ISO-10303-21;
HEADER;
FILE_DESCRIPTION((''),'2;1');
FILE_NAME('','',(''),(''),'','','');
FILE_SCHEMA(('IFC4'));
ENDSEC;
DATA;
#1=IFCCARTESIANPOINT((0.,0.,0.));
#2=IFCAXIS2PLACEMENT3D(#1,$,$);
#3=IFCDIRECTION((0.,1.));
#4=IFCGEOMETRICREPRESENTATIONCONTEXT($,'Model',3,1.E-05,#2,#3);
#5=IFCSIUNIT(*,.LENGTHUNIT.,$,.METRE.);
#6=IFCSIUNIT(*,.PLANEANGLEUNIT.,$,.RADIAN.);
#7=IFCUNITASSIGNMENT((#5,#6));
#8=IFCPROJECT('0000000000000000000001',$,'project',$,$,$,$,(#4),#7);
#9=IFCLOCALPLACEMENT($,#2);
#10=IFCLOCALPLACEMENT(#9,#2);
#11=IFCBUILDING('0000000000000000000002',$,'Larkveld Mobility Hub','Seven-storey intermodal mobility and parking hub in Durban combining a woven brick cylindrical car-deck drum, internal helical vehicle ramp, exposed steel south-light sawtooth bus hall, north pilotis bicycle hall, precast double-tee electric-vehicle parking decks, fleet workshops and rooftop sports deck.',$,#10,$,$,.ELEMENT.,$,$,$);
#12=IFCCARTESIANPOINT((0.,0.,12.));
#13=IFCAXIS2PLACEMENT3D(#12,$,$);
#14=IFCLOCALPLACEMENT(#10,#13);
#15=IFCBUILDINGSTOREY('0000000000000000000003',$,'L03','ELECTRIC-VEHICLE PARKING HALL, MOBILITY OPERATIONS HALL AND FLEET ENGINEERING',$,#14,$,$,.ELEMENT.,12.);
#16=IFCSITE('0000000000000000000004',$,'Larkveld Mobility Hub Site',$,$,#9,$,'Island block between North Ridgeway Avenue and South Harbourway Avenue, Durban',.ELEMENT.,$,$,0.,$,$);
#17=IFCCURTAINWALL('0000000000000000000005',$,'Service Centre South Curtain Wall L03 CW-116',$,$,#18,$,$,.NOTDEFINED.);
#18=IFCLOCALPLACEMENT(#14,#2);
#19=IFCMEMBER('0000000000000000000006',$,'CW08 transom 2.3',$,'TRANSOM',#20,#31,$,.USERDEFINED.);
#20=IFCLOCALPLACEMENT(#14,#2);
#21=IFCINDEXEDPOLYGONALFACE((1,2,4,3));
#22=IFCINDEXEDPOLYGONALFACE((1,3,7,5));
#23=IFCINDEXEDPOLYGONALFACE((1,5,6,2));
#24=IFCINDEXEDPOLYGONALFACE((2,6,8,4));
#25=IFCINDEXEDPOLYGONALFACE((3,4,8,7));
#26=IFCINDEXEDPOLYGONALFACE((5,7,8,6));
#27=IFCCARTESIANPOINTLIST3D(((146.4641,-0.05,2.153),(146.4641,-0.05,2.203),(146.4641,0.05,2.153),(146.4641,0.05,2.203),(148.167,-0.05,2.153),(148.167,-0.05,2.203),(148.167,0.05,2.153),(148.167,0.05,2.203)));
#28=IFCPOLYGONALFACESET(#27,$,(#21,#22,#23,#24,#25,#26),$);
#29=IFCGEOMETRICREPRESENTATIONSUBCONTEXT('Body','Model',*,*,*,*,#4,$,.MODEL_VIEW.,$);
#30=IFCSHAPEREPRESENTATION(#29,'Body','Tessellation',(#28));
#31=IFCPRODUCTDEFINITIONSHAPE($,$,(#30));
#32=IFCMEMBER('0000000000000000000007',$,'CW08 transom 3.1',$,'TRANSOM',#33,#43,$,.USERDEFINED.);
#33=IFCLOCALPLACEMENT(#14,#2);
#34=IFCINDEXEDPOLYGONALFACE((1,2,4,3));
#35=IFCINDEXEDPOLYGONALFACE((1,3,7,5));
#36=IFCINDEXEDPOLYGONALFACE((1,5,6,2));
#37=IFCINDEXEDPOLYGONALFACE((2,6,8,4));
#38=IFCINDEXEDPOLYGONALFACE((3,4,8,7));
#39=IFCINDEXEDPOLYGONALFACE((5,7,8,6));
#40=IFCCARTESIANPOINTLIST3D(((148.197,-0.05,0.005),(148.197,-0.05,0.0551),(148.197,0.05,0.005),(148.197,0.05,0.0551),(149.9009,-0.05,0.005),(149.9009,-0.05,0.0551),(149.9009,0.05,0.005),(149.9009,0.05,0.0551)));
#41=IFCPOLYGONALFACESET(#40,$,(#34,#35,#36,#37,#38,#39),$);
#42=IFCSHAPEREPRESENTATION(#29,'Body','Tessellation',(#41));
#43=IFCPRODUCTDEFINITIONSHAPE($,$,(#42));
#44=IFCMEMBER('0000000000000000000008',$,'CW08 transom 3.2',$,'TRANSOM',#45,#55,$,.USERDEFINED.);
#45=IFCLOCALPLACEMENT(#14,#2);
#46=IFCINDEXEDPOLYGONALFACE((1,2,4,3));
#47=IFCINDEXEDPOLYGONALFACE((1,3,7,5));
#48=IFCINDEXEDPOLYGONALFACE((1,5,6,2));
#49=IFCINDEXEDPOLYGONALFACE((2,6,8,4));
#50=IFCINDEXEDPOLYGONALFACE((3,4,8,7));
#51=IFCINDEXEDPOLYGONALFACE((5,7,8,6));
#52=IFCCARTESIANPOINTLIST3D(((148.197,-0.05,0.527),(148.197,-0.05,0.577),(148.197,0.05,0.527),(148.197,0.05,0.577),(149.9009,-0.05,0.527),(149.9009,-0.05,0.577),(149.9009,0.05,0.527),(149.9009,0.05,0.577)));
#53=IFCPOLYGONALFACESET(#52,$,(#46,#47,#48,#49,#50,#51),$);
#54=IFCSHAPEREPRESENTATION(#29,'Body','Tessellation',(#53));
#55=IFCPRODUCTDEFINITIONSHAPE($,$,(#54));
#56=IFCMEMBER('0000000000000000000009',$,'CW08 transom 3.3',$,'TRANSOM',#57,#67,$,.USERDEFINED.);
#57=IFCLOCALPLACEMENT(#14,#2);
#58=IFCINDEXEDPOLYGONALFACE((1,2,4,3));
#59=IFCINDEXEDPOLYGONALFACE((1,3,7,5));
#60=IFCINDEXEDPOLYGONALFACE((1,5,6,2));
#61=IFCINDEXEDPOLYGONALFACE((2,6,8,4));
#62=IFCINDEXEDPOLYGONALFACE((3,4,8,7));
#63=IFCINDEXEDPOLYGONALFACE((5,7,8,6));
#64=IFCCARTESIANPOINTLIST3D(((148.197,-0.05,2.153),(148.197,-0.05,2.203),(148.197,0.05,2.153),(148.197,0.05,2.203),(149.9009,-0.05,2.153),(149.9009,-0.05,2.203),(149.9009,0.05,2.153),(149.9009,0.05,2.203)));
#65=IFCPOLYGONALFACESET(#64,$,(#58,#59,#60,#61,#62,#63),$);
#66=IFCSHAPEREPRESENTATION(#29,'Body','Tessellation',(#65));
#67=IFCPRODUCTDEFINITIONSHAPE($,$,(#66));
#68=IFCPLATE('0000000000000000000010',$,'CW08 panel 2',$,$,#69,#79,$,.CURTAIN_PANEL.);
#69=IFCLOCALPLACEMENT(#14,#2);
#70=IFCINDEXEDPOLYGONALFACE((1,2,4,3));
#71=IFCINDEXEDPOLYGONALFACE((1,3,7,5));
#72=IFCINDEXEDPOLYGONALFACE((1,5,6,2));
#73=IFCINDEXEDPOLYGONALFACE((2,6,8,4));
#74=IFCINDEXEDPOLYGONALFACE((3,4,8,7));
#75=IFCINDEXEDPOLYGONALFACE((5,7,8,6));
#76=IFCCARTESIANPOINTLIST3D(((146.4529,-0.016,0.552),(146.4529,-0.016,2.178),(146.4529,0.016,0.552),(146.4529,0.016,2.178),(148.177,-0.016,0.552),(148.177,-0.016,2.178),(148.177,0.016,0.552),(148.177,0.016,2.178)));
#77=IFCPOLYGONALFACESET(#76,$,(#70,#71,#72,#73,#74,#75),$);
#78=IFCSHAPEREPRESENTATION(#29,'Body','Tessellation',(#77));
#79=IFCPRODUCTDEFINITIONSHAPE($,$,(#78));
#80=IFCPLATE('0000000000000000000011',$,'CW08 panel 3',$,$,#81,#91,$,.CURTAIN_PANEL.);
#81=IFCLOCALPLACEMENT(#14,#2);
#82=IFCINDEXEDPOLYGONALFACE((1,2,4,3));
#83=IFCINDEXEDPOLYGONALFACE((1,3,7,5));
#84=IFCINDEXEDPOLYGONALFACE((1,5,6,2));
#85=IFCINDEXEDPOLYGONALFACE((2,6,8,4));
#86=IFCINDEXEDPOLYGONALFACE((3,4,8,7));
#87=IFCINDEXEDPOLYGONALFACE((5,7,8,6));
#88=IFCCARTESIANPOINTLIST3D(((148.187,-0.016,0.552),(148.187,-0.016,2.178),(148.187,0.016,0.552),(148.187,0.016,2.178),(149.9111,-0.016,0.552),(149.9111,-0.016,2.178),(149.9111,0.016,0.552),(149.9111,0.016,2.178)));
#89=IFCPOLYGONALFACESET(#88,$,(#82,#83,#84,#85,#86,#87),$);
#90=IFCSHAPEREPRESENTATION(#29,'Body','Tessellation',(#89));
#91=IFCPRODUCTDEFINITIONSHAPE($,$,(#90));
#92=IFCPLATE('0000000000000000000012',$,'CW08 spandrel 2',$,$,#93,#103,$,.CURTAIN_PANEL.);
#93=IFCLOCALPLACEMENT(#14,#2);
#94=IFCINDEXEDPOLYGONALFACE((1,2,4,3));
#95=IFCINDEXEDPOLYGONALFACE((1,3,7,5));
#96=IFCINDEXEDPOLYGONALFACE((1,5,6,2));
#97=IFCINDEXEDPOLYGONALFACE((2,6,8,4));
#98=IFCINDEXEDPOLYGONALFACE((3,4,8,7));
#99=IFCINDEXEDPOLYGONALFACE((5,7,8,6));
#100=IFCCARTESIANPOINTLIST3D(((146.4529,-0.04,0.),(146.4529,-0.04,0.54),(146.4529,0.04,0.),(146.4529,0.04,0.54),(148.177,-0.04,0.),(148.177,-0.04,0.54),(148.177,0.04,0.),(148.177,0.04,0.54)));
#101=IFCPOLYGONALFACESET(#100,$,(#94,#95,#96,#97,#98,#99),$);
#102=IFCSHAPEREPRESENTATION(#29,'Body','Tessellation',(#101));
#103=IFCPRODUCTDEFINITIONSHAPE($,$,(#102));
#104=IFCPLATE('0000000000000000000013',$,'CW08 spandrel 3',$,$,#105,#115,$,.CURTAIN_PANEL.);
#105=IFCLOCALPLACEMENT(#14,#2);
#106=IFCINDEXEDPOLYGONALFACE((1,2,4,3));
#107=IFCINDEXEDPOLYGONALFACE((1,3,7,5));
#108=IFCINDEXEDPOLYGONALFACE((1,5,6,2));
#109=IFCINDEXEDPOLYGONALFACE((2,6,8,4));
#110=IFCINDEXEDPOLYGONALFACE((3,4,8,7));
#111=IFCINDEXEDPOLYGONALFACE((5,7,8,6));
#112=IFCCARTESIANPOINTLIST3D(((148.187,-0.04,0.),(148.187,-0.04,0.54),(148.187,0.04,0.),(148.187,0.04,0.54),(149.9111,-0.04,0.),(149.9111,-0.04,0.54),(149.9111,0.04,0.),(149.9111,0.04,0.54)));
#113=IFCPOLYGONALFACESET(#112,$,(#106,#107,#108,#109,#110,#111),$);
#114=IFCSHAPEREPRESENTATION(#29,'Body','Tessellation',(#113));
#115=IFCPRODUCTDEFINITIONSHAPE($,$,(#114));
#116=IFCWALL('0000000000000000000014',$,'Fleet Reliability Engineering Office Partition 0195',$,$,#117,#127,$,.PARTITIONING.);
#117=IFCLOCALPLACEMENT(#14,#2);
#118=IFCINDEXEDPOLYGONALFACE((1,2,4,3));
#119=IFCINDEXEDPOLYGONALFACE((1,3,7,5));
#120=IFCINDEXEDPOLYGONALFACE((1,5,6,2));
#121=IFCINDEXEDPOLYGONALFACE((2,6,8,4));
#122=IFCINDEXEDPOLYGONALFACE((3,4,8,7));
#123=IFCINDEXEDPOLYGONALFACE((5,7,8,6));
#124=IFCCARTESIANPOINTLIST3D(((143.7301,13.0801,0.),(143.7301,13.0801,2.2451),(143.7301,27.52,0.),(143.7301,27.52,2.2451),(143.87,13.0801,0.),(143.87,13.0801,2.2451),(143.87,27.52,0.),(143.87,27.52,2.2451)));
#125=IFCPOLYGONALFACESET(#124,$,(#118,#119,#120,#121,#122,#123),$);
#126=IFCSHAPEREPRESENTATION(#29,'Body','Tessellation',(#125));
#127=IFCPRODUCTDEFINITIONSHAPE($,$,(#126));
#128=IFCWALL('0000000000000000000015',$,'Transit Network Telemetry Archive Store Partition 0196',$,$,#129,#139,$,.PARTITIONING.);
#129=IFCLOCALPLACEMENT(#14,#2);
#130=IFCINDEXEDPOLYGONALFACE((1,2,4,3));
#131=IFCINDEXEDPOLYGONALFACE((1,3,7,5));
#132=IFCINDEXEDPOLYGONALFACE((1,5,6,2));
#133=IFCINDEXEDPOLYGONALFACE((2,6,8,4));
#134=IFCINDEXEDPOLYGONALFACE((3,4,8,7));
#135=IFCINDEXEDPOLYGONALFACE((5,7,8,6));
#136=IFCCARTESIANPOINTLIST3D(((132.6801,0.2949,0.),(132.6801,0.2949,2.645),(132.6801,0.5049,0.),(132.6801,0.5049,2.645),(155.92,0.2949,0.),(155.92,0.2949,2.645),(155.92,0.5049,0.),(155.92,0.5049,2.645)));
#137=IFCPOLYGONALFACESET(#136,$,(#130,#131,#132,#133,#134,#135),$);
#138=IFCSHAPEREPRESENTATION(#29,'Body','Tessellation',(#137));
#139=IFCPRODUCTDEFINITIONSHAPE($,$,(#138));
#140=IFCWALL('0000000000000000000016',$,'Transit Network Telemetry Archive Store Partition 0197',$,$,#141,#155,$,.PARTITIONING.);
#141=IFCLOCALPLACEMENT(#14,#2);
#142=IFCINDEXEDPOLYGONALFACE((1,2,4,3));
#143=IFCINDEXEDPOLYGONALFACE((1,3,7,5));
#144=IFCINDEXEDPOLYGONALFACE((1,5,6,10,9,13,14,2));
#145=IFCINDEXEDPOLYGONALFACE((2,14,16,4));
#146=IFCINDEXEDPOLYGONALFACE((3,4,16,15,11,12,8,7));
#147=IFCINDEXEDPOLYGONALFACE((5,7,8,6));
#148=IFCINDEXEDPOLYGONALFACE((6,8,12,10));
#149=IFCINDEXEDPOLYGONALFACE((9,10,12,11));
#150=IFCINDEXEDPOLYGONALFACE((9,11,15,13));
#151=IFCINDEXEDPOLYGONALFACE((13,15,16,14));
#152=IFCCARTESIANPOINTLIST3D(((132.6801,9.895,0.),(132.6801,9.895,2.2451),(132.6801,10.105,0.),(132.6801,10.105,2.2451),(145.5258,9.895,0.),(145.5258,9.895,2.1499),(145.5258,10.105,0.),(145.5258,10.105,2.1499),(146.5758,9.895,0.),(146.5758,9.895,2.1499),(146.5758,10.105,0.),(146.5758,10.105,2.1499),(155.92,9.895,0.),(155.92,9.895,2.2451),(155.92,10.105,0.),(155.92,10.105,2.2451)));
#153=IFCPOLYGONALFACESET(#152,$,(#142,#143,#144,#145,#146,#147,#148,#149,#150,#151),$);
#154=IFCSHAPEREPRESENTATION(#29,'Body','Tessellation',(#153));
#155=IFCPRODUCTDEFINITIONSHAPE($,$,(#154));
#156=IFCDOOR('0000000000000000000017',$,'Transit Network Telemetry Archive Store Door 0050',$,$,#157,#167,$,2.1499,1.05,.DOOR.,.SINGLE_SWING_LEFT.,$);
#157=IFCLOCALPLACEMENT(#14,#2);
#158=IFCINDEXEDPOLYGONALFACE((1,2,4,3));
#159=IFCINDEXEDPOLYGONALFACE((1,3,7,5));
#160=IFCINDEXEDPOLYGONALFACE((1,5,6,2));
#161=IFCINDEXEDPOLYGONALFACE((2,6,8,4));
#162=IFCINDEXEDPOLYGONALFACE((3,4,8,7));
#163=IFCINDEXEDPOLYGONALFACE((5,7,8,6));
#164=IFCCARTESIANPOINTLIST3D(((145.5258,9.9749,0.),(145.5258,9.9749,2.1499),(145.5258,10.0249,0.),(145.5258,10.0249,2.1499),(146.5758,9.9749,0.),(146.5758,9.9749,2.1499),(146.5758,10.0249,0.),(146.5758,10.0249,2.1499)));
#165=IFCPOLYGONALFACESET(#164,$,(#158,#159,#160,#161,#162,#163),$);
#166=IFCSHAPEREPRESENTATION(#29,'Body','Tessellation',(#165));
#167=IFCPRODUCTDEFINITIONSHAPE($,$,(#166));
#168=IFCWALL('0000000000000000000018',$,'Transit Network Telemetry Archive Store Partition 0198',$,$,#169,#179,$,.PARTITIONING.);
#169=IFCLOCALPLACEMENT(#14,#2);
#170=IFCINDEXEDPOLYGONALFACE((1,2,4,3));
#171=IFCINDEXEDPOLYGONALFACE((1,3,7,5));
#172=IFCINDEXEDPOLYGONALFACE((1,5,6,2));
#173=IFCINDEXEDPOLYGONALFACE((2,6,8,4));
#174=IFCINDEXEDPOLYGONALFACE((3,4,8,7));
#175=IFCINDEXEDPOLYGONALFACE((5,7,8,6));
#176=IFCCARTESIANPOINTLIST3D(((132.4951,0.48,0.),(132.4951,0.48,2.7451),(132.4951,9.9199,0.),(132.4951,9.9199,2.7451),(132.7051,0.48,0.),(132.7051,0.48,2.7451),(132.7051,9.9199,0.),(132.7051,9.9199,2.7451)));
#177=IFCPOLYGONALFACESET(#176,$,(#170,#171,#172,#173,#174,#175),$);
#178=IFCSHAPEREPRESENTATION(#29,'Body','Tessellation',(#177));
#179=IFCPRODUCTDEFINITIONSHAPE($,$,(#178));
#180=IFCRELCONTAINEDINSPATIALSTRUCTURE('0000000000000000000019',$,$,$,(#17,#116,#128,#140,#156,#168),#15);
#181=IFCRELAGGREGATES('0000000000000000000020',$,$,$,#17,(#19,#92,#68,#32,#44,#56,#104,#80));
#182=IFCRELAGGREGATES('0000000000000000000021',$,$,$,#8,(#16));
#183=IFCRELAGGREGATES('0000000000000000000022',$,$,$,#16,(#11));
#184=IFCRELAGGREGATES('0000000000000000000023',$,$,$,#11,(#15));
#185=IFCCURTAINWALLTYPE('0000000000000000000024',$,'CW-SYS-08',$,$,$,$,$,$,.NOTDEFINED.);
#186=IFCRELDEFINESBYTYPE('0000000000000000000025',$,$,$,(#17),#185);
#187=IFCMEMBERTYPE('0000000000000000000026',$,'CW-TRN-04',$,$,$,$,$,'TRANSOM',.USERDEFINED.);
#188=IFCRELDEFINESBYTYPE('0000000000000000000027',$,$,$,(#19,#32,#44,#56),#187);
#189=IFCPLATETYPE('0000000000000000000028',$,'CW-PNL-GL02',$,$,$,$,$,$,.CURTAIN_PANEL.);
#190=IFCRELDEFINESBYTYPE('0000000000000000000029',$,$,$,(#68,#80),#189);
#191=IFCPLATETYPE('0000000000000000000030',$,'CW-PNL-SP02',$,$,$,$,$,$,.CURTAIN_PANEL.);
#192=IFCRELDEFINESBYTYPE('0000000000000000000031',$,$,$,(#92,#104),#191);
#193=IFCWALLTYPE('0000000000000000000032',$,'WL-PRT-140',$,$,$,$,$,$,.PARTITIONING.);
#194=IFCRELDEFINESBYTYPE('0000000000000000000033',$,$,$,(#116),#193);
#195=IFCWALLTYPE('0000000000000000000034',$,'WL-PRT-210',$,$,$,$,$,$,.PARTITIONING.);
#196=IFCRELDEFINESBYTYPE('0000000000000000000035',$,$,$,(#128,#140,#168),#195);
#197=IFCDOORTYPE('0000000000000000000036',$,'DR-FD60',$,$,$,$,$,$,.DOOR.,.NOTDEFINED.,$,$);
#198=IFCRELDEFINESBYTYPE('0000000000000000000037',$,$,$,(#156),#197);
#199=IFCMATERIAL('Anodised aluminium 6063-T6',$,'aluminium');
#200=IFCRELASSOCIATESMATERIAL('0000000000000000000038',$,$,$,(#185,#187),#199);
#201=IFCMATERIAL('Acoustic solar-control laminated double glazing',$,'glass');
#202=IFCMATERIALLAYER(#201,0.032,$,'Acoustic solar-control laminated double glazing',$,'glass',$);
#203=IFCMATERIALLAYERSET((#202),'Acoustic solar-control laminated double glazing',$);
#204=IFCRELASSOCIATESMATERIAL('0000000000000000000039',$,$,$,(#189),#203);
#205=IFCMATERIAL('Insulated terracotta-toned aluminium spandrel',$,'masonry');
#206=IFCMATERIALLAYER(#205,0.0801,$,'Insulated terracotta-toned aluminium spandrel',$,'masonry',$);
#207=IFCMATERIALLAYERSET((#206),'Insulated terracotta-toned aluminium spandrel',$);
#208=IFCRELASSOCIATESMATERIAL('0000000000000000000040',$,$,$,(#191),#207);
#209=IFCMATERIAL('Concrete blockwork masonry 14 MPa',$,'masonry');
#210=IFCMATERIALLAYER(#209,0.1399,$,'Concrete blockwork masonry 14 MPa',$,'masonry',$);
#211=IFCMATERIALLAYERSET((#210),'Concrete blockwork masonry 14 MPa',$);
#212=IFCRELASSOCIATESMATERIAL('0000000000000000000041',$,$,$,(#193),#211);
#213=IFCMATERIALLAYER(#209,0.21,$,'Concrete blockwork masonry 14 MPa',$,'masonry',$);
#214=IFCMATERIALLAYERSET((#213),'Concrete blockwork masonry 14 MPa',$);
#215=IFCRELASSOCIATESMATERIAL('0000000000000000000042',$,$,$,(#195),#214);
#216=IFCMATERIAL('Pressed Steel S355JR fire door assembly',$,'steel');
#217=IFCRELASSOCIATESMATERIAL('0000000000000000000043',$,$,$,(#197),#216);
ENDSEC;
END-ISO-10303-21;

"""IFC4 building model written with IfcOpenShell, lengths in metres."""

from ifc_helpers import new_model, si_unit, direction, frame, frame_2d, origin, origin_2d, place, context, subcontext, project, spatial, rectangle, extrude, material, layer, layer_set, material_profile, profile_set, type_object, element, fill, aggregate, save


model = new_model("IFC4")

# Units and contexts
model_context = context("Model", 3, precision=1e-05, world=origin(), true_north=direction((0.0, 1.0)))
body_context = subcontext(model_context, "Body", "Model", "MODEL_VIEW")
ifc_project = project(units=[si_unit("LENGTHUNIT", "METRE"), si_unit("PLANEANGLEUNIT", "RADIAN")], contexts=[model_context])

# Site, building, storey
site_placement = place(None, origin())
site = spatial("IfcSite", under=ifc_project, at=site_placement, Name="Larkveld Mobility Hub Site", LongName="Island block between North Ridgeway Avenue and South Harbourway Avenue, Durban", CompositionType="ELEMENT", RefElevation=0.0)
building_placement = place(site_placement, origin())
building = spatial("IfcBuilding", under=site, at=building_placement, Name="Larkveld Mobility Hub", Description="Seven-storey intermodal mobility and parking hub in Durban combining a woven brick cylindrical car-deck drum, internal helical vehicle ramp, exposed steel south-light sawtooth bus hall, north pilotis bicycle hall, precast double-tee electric-vehicle parking decks, fleet workshops and rooftop sports deck.", CompositionType="ELEMENT")
storey_placement = place(building_placement, frame((0.0, 0.0, 12.0)))
storey = spatial("IfcBuildingStorey", under=building, at=storey_placement, Name="L03", Description="ELECTRIC-VEHICLE PARKING HALL, MOBILITY OPERATIONS HALL AND FLEET ENGINEERING", CompositionType="ELEMENT", Elevation=12.0)

# Curtain wall, members, plates
ifc_material_1 = material(Name="Anodised aluminium 6063-T6", Category="aluminium")
curtain_wall_type = type_object("IfcCurtainWallType", Name="CW-SYS-08", PredefinedType="NOTDEFINED", material=ifc_material_1)
curtain_wall_placement = place(storey_placement, origin())
curtain_wall = element("IfcCurtainWall", 1, at=curtain_wall_placement, inside=storey, type_object=curtain_wall_type, Name="Service Centre South Curtain Wall L03 CW-116", PredefinedType="NOTDEFINED")
ifc_material_profile_1 = material_profile(ifc_material_1, rectangle(XDim=0.1001, YDim=0.05, at=origin_2d()), Name="ALU TRAN 50x100")
ifc_profile_set_1 = profile_set([ifc_material_profile_1], Name="Anodised aluminium 6063-T6")
member_type_1 = type_object("IfcMemberType", Name="CW-TRN-04", ElementType="TRANSOM", PredefinedType="USERDEFINED", material=ifc_profile_set_1)
member_1_placement = place(storey_placement, frame((146.4641, 0.0, 2.178), z_axis=(1.0, 0.0, 0.0), x_axis=(0.0, 1.0, 0.0)))
member_1 = element("IfcMember", 2, at=member_1_placement, type_object=member_type_1, Name="CW08 transom 2.3", ObjectType="TRANSOM", PredefinedType="USERDEFINED", context=body_context, shape_type="SweptSolid", body=[
    extrude(rectangle(XDim=0.1001, YDim=0.05, at=origin_2d()), origin(), (0.0, 0.0, 1.0), 1.7029),
])
member_2_placement = place(storey_placement, frame((148.197, 0.0, 0.03), z_axis=(1.0, 0.0, 0.0), x_axis=(0.0, 1.0, 0.0)))
member_2 = element("IfcMember", 3, at=member_2_placement, type_object=member_type_1, Name="CW08 transom 3.1", ObjectType="TRANSOM", PredefinedType="USERDEFINED", context=body_context, shape_type="SweptSolid", body=[
    extrude(rectangle(XDim=0.1001, YDim=0.05, at=origin_2d()), origin(), (0.0, 0.0, 1.0), 1.7039),
])
member_3_placement = place(storey_placement, frame((148.197, 0.0, 0.552), z_axis=(1.0, 0.0, 0.0), x_axis=(0.0, 1.0, 0.0)))
member_3 = element("IfcMember", 4, at=member_3_placement, type_object=member_type_1, Name="CW08 transom 3.2", ObjectType="TRANSOM", PredefinedType="USERDEFINED", context=body_context, shape_type="SweptSolid", body=[
    extrude(rectangle(XDim=0.1001, YDim=0.05, at=origin_2d()), origin(), (0.0, 0.0, 1.0), 1.7039),
])
member_4_placement = place(storey_placement, frame((148.197, 0.0, 2.178), z_axis=(1.0, 0.0, 0.0), x_axis=(0.0, 1.0, 0.0)))
member_4 = element("IfcMember", 5, at=member_4_placement, type_object=member_type_1, Name="CW08 transom 3.3", ObjectType="TRANSOM", PredefinedType="USERDEFINED", context=body_context, shape_type="SweptSolid", body=[
    extrude(rectangle(XDim=0.1001, YDim=0.05, at=origin_2d()), origin(), (0.0, 0.0, 1.0), 1.7039),
])
ifc_material_2 = material(Name="Acoustic solar-control laminated double glazing", Category="glass")
ifc_layer_1 = layer(ifc_material_2, 0.032, Name="Acoustic solar-control laminated double glazing", Category="glass")
ifc_layer_set_1 = layer_set([ifc_layer_1], Name="Acoustic solar-control laminated double glazing")
plate_type_1 = type_object("IfcPlateType", Name="CW-PNL-GL02", PredefinedType="CURTAIN_PANEL", material=ifc_layer_set_1)
plate_1_placement = place(storey_placement, frame((147.3149, 0.0, 0.552), z_axis=(0.0, 0.0, 1.0), x_axis=(1.0, 0.0, 0.0)))
plate_1 = element("IfcPlate", 6, at=plate_1_placement, type_object=plate_type_1, Name="CW08 panel 2", PredefinedType="CURTAIN_PANEL", context=body_context, shape_type="SweptSolid", body=[
    extrude(rectangle(XDim=1.7241, YDim=0.032, at=origin_2d()), origin(), (0.0, 0.0, 1.0), 1.626),
])
plate_2_placement = place(storey_placement, frame((149.0491, 0.0, 0.552), z_axis=(0.0, 0.0, 1.0), x_axis=(1.0, 0.0, 0.0)))
plate_2 = element("IfcPlate", 7, at=plate_2_placement, type_object=plate_type_1, Name="CW08 panel 3", PredefinedType="CURTAIN_PANEL", context=body_context, shape_type="SweptSolid", body=[
    extrude(rectangle(XDim=1.7241, YDim=0.032, at=origin_2d()), origin(), (0.0, 0.0, 1.0), 1.626),
])
ifc_material_3 = material(Name="Insulated terracotta-toned aluminium spandrel", Category="masonry")
ifc_layer_2 = layer(ifc_material_3, 0.0801, Name="Insulated terracotta-toned aluminium spandrel", Category="masonry")
ifc_layer_set_2 = layer_set([ifc_layer_2], Name="Insulated terracotta-toned aluminium spandrel")
plate_type_2 = type_object("IfcPlateType", Name="CW-PNL-SP02", PredefinedType="CURTAIN_PANEL", material=ifc_layer_set_2)
plate_3_placement = place(storey_placement, frame((147.3149, 0.0, 0.0), z_axis=(0.0, 0.0, 1.0), x_axis=(1.0, 0.0, 0.0)))
plate_3 = element("IfcPlate", 8, at=plate_3_placement, type_object=plate_type_2, Name="CW08 spandrel 2", PredefinedType="CURTAIN_PANEL", context=body_context, shape_type="SweptSolid", body=[
    extrude(rectangle(XDim=1.7241, YDim=0.0801, at=origin_2d()), origin(), (0.0, 0.0, 1.0), 0.54),
])
plate_4_placement = place(storey_placement, frame((149.0491, 0.0, 0.0), z_axis=(0.0, 0.0, 1.0), x_axis=(1.0, 0.0, 0.0)))
plate_4 = element("IfcPlate", 9, at=plate_4_placement, type_object=plate_type_2, Name="CW08 spandrel 3", PredefinedType="CURTAIN_PANEL", context=body_context, shape_type="SweptSolid", body=[
    extrude(rectangle(XDim=1.7241, YDim=0.0801, at=origin_2d()), origin(), (0.0, 0.0, 1.0), 0.54),
])
aggregate(curtain_wall, [member_1, plate_3, plate_1, member_2, member_3, member_4, plate_4, plate_2])

# Walls
ifc_material_4 = material(Name="Concrete blockwork masonry 14 MPa", Category="masonry")
ifc_layer_3 = layer(ifc_material_4, 0.1399, Name="Concrete blockwork masonry 14 MPa", Category="masonry")
ifc_layer_set_3 = layer_set([ifc_layer_3], Name="Concrete blockwork masonry 14 MPa")
wall_type_1 = type_object("IfcWallType", Name="WL-PRT-140", PredefinedType="PARTITIONING", material=ifc_layer_set_3)
wall_1_placement = place(storey_placement, frame((143.8, 13.0801, 0.0), z_axis=(0.0, 0.0, 1.0), x_axis=(0.0, 1.0, 0.0)))
element("IfcWall", 10, at=wall_1_placement, inside=storey, type_object=wall_type_1, Name="Fleet Reliability Engineering Office Partition 0195", PredefinedType="PARTITIONING", context=body_context, shape_type="SweptSolid", body=[
    extrude(rectangle(XDim=14.4399, YDim=0.1399, at=frame_2d((7.22, 0.0))), origin(), (0.0, 0.0, 1.0), 2.2451),
])
ifc_layer_4 = layer(ifc_material_4, 0.21, Name="Concrete blockwork masonry 14 MPa", Category="masonry")
ifc_layer_set_4 = layer_set([ifc_layer_4], Name="Concrete blockwork masonry 14 MPa")
wall_type_2 = type_object("IfcWallType", Name="WL-PRT-210", PredefinedType="PARTITIONING", material=ifc_layer_set_4)
wall_2_placement = place(storey_placement, frame((132.6799, 0.3999, 0.0), z_axis=(0.0, 0.0, 1.0), x_axis=(1.0, 0.0, 0.0)))
element("IfcWall", 11, at=wall_2_placement, inside=storey, type_object=wall_type_2, Name="Transit Network Telemetry Archive Store Partition 0196", PredefinedType="PARTITIONING", context=body_context, shape_type="SweptSolid", body=[
    extrude(rectangle(XDim=23.24, YDim=0.21, at=frame_2d((11.6201, 0.0))), origin(), (0.0, 0.0, 1.0), 2.645),
])

# Wall, opening, door
wall_3_placement = place(storey_placement, frame((132.6799, 10.0, 0.0), z_axis=(0.0, 0.0, 1.0), x_axis=(1.0, 0.0, 0.0)))
wall_3 = element("IfcWall", 12, at=wall_3_placement, inside=storey, type_object=wall_type_2, Name="Transit Network Telemetry Archive Store Partition 0197", PredefinedType="PARTITIONING", context=body_context, shape_type="SweptSolid", body=[
    extrude(rectangle(XDim=23.24, YDim=0.21, at=frame_2d((11.6201, 0.0))), origin(), (0.0, 0.0, 1.0), 2.2451),
])
opening_1_placement = place(wall_3_placement, frame((12.8459, 0.0, 0.0)))
opening_1 = element("IfcOpeningElement", 13, at=opening_1_placement, cuts=wall_3, PredefinedType="OPENING", context=body_context, shape_type="SweptSolid", body=[
    extrude(rectangle(XDim=1.05, YDim=2.1499, at=frame_2d((0.5249, 1.075))), frame((0.0, 0.115, 0.0), z_axis=(0.0, -1.0, 0.0), x_axis=(1.0, 0.0, 0.0)), (0.0, 0.0, 1.0), 0.23),
])
ifc_material_5 = material(Name="Pressed Steel S355JR fire door assembly", Category="steel")
door_type_1 = type_object("IfcDoorType", Name="DR-FD60", OperationType="NOTDEFINED", PredefinedType="DOOR", material=ifc_material_5)
door_1_placement = place(opening_1_placement, origin())
door_1 = element("IfcDoor", 14, at=door_1_placement, inside=storey, type_object=door_type_1, Name="Transit Network Telemetry Archive Store Door 0050", OperationType="SINGLE_SWING_LEFT", OverallHeight=2.1499, OverallWidth=1.05, PredefinedType="DOOR", context=body_context, shape_type="SweptSolid", body=[
    extrude(rectangle(XDim=1.05, YDim=2.1499, at=frame_2d((0.5249, 1.075))), frame((0.0, 0.0249, 0.0), z_axis=(0.0, -1.0, 0.0), x_axis=(1.0, 0.0, 0.0)), (0.0, 0.0, 1.0), 0.05),
])
fill(opening_1, door_1)

# Wall
wall_4_placement = place(storey_placement, frame((132.6001, 0.48, 0.0), z_axis=(0.0, 0.0, 1.0), x_axis=(0.0, 1.0, 0.0)))
element("IfcWall", 15, at=wall_4_placement, inside=storey, type_object=wall_type_2, Name="Transit Network Telemetry Archive Store Partition 0198", PredefinedType="PARTITIONING", context=body_context, shape_type="SweptSolid", body=[
    extrude(rectangle(XDim=9.4399, YDim=0.21, at=frame_2d((4.72, 0.0))), origin(), (0.0, 0.0, 1.0), 2.7451),
])

save(model, "model.ifc")
